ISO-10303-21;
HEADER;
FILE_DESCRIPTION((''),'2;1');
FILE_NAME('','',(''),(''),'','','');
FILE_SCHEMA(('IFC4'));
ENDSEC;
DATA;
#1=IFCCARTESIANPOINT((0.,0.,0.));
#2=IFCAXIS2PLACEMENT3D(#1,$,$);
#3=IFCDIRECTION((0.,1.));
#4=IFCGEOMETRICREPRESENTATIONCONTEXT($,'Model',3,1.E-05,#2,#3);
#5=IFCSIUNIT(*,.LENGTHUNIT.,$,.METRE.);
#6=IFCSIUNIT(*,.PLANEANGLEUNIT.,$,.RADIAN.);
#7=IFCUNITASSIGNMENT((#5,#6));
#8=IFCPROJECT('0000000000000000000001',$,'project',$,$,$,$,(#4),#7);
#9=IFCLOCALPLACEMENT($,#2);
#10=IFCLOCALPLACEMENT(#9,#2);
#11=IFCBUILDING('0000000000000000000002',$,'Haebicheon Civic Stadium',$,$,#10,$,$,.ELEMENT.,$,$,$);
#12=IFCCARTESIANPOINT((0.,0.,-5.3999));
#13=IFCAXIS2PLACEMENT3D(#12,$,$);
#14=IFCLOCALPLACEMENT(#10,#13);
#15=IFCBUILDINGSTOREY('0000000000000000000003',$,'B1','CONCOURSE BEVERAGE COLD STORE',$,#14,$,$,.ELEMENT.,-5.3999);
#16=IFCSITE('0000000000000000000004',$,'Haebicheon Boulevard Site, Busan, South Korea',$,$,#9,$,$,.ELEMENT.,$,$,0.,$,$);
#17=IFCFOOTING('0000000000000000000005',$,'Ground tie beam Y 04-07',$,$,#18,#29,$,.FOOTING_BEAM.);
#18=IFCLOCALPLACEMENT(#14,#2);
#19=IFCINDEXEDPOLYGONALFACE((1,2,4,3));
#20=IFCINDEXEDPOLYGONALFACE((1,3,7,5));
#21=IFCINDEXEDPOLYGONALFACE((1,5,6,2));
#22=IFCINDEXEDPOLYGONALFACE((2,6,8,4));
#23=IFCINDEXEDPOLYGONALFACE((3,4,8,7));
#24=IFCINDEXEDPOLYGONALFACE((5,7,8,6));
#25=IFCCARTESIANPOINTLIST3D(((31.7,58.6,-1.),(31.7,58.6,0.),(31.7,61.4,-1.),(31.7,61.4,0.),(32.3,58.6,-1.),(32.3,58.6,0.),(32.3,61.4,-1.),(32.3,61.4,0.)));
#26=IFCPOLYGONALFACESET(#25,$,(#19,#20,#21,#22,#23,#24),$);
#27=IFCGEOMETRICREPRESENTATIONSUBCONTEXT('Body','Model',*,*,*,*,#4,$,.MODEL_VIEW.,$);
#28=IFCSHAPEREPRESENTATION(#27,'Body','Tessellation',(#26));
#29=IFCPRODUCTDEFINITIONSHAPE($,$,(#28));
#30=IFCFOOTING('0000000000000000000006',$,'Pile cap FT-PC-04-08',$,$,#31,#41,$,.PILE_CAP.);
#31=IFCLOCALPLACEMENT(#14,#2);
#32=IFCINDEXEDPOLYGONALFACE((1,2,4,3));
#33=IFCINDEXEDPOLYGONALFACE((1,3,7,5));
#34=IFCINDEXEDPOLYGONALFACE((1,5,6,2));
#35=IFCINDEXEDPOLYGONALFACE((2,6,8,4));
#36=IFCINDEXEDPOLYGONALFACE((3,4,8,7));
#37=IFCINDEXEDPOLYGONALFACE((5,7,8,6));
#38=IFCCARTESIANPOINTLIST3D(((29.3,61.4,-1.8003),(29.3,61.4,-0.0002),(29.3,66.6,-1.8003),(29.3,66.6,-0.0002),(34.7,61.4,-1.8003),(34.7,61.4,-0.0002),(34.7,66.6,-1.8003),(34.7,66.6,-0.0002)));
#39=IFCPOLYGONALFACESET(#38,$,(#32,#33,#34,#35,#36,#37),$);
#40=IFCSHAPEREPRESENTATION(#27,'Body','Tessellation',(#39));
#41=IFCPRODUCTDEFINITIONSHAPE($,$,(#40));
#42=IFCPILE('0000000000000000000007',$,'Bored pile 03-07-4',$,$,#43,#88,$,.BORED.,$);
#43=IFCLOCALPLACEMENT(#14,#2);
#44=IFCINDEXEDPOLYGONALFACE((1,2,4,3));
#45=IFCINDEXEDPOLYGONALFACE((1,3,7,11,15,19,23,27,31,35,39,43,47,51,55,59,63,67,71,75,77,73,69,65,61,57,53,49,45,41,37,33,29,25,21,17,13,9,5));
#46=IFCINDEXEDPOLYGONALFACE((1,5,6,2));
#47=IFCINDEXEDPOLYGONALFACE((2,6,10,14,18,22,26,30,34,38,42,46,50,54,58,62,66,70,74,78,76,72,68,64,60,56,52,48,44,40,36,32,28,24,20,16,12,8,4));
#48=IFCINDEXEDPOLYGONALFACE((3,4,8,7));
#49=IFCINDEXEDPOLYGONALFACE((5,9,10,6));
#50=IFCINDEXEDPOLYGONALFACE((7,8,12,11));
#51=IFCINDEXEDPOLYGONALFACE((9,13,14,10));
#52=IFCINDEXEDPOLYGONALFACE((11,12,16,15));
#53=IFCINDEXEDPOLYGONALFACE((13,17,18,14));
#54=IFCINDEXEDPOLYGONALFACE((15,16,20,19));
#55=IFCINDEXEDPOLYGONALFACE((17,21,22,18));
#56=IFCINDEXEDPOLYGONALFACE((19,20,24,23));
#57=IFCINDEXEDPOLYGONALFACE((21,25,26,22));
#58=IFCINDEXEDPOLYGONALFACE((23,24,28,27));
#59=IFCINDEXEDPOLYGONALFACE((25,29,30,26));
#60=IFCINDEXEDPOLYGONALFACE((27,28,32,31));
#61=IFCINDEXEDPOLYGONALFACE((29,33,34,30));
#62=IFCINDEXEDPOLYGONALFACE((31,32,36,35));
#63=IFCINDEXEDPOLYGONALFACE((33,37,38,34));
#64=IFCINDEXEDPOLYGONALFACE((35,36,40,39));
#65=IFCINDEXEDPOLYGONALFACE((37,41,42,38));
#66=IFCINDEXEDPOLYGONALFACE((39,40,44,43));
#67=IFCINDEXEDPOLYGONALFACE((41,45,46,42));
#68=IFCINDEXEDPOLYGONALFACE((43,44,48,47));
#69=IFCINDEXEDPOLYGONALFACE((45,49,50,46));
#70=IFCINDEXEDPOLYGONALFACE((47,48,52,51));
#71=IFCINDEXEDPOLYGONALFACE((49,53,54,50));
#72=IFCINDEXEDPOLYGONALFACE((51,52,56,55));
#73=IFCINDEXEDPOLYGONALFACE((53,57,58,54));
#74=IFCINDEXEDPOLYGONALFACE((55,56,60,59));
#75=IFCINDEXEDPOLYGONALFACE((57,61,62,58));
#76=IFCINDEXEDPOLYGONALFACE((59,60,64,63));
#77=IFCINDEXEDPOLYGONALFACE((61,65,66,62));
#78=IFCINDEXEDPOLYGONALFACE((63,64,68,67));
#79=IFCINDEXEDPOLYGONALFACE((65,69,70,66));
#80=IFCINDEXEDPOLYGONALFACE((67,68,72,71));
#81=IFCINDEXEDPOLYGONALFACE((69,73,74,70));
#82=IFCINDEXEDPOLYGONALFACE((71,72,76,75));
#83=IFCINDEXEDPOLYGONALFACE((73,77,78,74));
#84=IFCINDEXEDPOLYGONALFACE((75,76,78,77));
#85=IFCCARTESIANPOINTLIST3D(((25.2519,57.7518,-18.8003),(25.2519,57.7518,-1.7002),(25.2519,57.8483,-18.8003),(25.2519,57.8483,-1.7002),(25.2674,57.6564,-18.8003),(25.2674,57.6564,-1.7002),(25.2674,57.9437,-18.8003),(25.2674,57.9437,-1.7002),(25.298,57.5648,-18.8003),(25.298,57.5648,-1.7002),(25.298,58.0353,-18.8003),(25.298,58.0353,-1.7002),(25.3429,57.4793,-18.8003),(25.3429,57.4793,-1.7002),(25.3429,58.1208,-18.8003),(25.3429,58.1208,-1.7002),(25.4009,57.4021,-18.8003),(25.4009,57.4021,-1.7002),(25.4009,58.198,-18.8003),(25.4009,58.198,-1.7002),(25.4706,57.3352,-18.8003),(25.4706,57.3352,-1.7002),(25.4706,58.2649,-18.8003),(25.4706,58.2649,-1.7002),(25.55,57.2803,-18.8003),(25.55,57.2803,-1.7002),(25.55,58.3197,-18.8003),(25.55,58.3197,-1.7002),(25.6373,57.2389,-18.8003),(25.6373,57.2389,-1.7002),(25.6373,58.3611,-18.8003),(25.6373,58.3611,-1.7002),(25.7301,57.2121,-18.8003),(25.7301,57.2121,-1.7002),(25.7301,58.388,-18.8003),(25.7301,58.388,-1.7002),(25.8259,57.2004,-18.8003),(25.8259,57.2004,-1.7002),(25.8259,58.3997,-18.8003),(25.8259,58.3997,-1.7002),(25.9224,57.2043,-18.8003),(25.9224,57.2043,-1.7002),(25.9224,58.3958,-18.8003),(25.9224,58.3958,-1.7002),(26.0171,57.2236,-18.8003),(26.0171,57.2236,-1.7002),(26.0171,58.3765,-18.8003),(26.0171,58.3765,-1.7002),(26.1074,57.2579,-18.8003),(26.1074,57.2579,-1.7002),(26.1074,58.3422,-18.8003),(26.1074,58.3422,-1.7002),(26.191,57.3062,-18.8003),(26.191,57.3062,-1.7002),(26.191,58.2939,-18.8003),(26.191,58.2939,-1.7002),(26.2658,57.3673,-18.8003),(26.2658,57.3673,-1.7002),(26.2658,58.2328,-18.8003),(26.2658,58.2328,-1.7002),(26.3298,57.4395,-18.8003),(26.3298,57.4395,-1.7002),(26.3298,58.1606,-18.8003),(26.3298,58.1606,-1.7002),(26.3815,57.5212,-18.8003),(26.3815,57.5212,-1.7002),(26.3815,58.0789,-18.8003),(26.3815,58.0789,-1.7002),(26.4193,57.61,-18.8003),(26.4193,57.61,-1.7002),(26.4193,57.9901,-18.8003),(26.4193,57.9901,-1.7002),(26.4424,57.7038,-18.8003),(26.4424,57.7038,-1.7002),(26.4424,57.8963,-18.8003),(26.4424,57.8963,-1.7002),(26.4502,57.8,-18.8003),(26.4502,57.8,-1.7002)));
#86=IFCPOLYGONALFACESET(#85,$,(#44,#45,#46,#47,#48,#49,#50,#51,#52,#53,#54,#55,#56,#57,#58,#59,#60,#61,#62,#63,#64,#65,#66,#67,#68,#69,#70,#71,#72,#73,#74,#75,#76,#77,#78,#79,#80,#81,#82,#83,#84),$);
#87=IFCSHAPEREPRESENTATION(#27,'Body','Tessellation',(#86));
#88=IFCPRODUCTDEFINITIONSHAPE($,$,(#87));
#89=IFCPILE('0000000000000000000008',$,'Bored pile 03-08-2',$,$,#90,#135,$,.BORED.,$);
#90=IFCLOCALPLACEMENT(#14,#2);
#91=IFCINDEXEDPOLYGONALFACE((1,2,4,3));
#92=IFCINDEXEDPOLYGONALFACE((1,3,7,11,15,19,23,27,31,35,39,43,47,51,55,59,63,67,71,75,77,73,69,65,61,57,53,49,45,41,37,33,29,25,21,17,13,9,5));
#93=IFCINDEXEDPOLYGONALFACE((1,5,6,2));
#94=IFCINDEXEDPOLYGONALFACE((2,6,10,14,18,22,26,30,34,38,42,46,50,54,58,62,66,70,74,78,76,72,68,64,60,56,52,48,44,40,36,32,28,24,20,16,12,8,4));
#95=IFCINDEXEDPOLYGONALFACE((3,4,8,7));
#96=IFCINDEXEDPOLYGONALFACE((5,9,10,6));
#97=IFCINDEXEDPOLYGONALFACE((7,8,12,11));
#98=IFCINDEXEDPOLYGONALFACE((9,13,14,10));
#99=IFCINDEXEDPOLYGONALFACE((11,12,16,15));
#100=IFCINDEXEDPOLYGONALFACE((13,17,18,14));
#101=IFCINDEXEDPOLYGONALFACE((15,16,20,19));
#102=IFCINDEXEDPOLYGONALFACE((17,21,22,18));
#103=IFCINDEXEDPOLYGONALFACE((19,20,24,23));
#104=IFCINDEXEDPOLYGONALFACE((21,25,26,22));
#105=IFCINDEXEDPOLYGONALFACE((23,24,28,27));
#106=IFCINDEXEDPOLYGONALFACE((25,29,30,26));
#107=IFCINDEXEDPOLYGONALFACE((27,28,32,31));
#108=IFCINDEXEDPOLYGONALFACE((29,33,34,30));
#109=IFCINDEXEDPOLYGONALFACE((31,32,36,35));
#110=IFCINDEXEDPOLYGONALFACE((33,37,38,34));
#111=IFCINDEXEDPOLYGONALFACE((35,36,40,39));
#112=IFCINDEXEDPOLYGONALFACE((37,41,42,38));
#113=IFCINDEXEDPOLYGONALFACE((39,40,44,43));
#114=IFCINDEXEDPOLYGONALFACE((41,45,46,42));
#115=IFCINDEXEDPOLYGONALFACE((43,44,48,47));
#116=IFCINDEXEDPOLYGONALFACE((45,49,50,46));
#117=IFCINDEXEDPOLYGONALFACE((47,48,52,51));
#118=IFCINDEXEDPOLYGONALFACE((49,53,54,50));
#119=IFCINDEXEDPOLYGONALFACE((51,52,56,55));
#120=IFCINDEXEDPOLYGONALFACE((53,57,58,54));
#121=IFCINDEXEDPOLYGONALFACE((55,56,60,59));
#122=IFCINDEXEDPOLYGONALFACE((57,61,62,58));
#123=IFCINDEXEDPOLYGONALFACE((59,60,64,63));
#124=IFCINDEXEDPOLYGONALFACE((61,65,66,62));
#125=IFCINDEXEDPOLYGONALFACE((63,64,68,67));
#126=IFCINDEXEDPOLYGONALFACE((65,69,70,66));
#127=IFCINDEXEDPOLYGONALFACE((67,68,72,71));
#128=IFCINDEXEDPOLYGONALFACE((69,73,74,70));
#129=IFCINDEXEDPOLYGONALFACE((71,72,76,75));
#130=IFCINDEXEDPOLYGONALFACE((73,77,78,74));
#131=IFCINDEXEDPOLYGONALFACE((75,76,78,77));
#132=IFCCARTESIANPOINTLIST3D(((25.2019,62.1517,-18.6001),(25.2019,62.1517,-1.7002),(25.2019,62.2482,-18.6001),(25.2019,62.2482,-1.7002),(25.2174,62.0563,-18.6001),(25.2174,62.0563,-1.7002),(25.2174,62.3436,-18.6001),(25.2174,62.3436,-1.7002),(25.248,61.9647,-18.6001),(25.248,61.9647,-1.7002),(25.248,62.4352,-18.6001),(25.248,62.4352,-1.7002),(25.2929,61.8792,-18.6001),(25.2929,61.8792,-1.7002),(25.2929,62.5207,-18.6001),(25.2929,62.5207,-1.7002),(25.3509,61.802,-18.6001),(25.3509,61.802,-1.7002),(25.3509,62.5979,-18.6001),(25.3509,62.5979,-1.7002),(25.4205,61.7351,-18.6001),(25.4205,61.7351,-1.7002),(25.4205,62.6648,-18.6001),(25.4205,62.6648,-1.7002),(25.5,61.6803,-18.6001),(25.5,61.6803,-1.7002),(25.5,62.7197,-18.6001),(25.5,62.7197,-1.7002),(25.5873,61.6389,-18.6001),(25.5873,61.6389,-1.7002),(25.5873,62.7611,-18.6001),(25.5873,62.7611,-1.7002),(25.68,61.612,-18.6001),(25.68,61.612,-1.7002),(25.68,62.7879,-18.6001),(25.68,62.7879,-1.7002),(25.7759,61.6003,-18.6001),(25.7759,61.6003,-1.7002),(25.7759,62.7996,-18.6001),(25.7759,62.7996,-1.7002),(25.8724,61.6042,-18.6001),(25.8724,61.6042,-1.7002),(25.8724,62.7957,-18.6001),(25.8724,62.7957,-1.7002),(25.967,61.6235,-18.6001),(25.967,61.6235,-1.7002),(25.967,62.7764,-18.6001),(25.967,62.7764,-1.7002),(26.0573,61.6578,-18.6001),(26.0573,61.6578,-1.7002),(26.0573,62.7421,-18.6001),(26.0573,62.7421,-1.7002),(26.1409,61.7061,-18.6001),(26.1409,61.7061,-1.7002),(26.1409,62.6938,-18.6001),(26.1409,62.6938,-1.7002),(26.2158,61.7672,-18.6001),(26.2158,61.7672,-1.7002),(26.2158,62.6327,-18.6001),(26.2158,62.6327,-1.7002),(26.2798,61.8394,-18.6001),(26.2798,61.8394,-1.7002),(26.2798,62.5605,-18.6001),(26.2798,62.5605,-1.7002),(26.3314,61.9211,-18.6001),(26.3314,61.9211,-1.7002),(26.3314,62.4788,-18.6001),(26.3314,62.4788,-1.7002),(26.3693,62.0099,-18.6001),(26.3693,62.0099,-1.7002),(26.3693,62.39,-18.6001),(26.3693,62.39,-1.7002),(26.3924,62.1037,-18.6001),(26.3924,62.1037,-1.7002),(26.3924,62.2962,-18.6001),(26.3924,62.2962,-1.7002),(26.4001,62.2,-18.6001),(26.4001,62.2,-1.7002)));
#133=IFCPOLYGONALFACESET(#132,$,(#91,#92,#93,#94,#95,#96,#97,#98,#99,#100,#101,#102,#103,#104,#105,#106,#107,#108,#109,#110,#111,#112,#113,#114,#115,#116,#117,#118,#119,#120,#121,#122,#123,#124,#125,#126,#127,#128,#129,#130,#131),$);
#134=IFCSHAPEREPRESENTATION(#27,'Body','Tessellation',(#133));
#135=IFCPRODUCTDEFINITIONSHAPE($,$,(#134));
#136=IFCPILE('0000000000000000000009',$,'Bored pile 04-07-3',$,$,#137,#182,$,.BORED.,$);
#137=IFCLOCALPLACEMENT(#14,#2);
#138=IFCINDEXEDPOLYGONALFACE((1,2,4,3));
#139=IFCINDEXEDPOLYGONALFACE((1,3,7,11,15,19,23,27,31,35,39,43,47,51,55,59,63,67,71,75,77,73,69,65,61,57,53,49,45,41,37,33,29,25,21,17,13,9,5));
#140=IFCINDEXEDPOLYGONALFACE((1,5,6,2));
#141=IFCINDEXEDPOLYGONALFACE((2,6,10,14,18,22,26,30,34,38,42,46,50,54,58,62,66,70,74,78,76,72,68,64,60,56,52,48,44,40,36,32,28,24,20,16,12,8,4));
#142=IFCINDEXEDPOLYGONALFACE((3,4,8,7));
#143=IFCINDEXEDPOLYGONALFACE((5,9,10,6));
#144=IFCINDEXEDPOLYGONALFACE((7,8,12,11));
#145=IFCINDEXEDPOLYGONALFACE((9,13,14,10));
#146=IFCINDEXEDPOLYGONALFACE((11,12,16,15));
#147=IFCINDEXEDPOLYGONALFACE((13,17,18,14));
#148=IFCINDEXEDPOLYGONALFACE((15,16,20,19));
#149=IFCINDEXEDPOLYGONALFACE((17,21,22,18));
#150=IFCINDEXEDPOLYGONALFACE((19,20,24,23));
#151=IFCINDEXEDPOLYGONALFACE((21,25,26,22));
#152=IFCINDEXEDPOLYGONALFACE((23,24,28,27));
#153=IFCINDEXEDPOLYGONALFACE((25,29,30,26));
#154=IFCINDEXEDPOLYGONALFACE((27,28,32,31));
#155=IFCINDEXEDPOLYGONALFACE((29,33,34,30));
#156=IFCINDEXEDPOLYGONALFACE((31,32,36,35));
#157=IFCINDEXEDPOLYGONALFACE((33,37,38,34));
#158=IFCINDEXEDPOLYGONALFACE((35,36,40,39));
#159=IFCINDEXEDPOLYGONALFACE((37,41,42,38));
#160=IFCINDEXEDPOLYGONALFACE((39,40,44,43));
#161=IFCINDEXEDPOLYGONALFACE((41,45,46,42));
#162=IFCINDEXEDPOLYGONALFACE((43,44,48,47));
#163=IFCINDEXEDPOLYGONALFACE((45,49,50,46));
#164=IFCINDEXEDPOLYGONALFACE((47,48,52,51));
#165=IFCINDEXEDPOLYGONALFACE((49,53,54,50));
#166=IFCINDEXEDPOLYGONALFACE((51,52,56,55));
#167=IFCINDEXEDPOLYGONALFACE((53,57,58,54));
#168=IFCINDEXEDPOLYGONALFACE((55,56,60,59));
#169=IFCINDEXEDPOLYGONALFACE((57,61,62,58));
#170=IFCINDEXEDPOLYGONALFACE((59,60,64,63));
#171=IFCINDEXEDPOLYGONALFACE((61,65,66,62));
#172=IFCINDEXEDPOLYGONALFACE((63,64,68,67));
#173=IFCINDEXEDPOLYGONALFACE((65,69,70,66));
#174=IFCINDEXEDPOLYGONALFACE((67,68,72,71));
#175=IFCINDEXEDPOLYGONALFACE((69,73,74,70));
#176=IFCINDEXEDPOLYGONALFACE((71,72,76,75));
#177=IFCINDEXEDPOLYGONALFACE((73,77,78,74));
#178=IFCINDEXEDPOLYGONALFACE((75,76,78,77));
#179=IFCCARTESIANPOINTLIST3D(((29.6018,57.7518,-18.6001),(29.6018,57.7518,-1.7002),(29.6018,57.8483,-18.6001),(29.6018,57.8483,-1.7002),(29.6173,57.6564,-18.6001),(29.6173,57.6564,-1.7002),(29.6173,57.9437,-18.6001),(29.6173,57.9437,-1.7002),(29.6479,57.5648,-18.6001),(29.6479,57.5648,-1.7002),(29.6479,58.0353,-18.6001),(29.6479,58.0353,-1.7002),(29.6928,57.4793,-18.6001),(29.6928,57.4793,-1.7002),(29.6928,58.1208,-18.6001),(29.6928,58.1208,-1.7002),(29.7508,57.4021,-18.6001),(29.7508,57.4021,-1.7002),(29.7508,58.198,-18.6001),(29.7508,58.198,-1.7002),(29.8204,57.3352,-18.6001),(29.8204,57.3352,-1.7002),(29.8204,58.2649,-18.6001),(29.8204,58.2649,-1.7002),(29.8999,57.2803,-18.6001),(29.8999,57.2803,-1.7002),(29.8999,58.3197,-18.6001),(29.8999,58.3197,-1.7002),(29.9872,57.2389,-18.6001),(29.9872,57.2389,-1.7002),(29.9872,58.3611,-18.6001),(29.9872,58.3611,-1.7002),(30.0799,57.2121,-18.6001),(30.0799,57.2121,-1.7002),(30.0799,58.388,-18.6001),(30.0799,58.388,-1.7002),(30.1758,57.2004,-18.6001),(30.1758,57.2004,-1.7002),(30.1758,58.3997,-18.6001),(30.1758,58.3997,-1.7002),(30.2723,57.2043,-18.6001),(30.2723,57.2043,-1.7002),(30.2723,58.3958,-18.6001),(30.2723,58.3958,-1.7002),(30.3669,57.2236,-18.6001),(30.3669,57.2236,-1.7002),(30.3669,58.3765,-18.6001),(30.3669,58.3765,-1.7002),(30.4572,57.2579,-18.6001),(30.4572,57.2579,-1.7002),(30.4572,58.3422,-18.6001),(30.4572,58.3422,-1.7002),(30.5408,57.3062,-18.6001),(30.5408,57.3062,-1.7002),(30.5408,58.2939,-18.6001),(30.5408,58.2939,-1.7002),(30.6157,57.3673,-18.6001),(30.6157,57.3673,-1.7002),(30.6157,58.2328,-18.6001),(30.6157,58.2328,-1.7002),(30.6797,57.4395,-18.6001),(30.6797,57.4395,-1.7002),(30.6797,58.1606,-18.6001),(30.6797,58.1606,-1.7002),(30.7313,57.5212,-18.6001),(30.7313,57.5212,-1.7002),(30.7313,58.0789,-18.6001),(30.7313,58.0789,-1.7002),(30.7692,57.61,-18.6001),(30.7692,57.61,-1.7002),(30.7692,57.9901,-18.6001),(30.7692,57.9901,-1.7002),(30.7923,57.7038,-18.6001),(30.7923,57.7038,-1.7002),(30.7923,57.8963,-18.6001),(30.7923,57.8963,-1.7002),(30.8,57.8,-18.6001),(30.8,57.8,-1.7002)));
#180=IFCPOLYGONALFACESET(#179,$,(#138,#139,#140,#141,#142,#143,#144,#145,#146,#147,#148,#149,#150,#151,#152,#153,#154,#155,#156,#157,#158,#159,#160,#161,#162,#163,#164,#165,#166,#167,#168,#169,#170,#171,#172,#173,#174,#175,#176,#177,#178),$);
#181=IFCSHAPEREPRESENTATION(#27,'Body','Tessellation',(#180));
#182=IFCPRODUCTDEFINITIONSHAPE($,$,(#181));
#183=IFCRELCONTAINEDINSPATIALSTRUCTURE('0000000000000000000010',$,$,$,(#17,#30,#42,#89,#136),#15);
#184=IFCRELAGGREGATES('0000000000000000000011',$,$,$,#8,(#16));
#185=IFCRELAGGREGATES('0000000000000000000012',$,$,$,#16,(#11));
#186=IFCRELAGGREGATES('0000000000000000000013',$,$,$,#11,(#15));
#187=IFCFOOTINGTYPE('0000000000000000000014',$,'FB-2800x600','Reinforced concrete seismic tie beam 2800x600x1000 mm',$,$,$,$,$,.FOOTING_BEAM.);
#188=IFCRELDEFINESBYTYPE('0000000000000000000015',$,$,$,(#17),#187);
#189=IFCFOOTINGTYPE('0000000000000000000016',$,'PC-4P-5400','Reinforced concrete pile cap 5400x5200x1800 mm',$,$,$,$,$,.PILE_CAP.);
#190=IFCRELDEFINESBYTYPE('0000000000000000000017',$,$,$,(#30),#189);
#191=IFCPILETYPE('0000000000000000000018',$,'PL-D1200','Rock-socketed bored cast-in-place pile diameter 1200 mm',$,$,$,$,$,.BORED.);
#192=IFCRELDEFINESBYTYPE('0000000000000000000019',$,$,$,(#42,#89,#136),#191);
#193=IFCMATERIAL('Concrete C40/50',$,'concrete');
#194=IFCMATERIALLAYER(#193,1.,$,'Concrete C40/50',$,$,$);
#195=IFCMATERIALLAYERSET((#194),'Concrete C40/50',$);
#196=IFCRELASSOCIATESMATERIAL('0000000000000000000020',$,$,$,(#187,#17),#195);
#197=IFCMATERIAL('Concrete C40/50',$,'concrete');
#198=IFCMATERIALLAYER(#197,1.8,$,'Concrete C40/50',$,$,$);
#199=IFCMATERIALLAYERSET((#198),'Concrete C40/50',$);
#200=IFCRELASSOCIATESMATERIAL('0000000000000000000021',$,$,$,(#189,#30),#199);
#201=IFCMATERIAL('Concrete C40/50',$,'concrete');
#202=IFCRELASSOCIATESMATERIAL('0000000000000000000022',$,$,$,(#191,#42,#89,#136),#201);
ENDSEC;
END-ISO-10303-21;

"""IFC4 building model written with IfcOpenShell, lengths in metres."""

from ifc_helpers import new_model, si_unit, direction, frame, origin, origin_2d, place, context, subcontext, project, spatial, rectangle, circle, extrude, material, layer, layer_set, material_profile, profile_set, type_object, element, save


model = new_model("IFC4")

# Units and contexts
model_context = context("Model", 3, precision=1e-05, world=origin(), true_north=direction((0.0, 1.0)))
body_context = subcontext(model_context, "Body", "Model", "MODEL_VIEW")
ifc_project = project(units=[si_unit("LENGTHUNIT", "METRE"), si_unit("PLANEANGLEUNIT", "RADIAN")], contexts=[model_context])

# Site, building, storey
site_placement = place(None, origin())
site = spatial("IfcSite", under=ifc_project, at=site_placement, Name="Haebicheon Boulevard Site, Busan, South Korea", CompositionType="ELEMENT", RefElevation=0.0)
building_placement = place(site_placement, origin())
building = spatial("IfcBuilding", under=site, at=building_placement, Name="Haebicheon Civic Stadium", CompositionType="ELEMENT")
storey_placement = place(building_placement, frame((0.0, 0.0, -5.3999)))
storey = spatial("IfcBuildingStorey", under=building, at=storey_placement, Name="B1", Description="CONCOURSE BEVERAGE COLD STORE", CompositionType="ELEMENT", Elevation=-5.3999)

# Footings
ifc_material_1 = material(Name="Concrete C40/50", Category="concrete")
ifc_layer_1 = layer(ifc_material_1, 1.0, Name="Concrete C40/50")
ifc_layer_set_1 = layer_set([ifc_layer_1], Name="Concrete C40/50")
footing_type_1 = type_object("IfcFootingType", Name="FB-2800x600", Description="Reinforced concrete seismic tie beam 2800x600x1000 mm", PredefinedType="FOOTING_BEAM", material=ifc_layer_set_1)
footing_1_placement = place(storey_placement, frame((32.0, 60.0, -1.0), z_axis=(0.0, 0.0, 1.0), x_axis=(0.0, 1.0, 0.0)))
element("IfcFooting", 1, at=footing_1_placement, inside=storey, type_object=footing_type_1, material=ifc_layer_set_1, Name="Ground tie beam Y 04-07", PredefinedType="FOOTING_BEAM", context=body_context, shape_type="SweptSolid", body=[
    extrude(rectangle(XDim=2.8, YDim=0.6001, at=origin_2d()), origin(), (0.0, 0.0, 1.0), 1.0),
])
ifc_material_2 = material(Name="Concrete C40/50", Category="concrete")
ifc_layer_2 = layer(ifc_material_2, 1.8, Name="Concrete C40/50")
ifc_layer_set_2 = layer_set([ifc_layer_2], Name="Concrete C40/50")
footing_type_2 = type_object("IfcFootingType", Name="PC-4P-5400", Description="Reinforced concrete pile cap 5400x5200x1800 mm", PredefinedType="PILE_CAP", material=ifc_layer_set_2)
footing_2_placement = place(storey_placement, frame((32.0, 64.0, -1.8003), z_axis=(0.0, 0.0, 1.0), x_axis=(1.0, 0.0, 0.0)))
element("IfcFooting", 2, at=footing_2_placement, inside=storey, type_object=footing_type_2, material=ifc_layer_set_2, Name="Pile cap FT-PC-04-08", PredefinedType="PILE_CAP", context=body_context, shape_type="SweptSolid", body=[
    extrude(rectangle(XDim=5.3999, YDim=5.2, at=origin_2d()), origin(), (0.0, 0.0, 1.0), 1.8),
])

# Piles
ifc_material_3 = material(Name="Concrete C40/50", Category="concrete")
ifc_material_profile_1 = material_profile(ifc_material_3, circle(Radius=0.6001, at=origin_2d()), Name="PILE-D1200")
ifc_profile_set_1 = profile_set([ifc_material_profile_1], Name="Concrete C40/50")
pile_type = type_object("IfcPileType", Name="PL-D1200", Description="Rock-socketed bored cast-in-place pile diameter 1200 mm", PredefinedType="BORED", material=ifc_profile_set_1)
pile_placement = place(storey_placement, frame((25.8501, 57.8, -1.7002), z_axis=(0.0, 0.0, -1.0), x_axis=(1.0, 0.0, 0.0)))
element("IfcPile", 3, at=pile_placement, inside=storey, type_object=pile_type, material=ifc_profile_set_1, Name="Bored pile 03-07-4", PredefinedType="BORED", context=body_context, shape_type="SweptSolid", body=[
    extrude(circle(Radius=0.6001, at=origin_2d()), origin(), (0.0, 0.0, 1.0), 17.1001),
])
for number, where, z_axis, x_axis, name in (
    (4, (25.8, 62.2, -1.7002), (0.0, 0.0, -1.0), (1.0, 0.0, 0.0), "Bored pile 03-08-2"),
    (5, (30.2, 57.8, -1.7002), (0.0, 0.0, -1.0), (1.0, 0.0, 0.0), "Bored pile 04-07-3"),
):
    element("IfcPile", number, at=place(storey_placement, frame(where, z_axis=z_axis, x_axis=x_axis)), inside=storey, type_object=pile_type, material=ifc_profile_set_1, Name=name, PredefinedType="BORED", context=body_context, shape_type="SweptSolid", body=[
        extrude(circle(Radius=0.6001, at=origin_2d()), origin(), (0.0, 0.0, 1.0), 16.8999),
    ])

save(model, "model.ifc")
